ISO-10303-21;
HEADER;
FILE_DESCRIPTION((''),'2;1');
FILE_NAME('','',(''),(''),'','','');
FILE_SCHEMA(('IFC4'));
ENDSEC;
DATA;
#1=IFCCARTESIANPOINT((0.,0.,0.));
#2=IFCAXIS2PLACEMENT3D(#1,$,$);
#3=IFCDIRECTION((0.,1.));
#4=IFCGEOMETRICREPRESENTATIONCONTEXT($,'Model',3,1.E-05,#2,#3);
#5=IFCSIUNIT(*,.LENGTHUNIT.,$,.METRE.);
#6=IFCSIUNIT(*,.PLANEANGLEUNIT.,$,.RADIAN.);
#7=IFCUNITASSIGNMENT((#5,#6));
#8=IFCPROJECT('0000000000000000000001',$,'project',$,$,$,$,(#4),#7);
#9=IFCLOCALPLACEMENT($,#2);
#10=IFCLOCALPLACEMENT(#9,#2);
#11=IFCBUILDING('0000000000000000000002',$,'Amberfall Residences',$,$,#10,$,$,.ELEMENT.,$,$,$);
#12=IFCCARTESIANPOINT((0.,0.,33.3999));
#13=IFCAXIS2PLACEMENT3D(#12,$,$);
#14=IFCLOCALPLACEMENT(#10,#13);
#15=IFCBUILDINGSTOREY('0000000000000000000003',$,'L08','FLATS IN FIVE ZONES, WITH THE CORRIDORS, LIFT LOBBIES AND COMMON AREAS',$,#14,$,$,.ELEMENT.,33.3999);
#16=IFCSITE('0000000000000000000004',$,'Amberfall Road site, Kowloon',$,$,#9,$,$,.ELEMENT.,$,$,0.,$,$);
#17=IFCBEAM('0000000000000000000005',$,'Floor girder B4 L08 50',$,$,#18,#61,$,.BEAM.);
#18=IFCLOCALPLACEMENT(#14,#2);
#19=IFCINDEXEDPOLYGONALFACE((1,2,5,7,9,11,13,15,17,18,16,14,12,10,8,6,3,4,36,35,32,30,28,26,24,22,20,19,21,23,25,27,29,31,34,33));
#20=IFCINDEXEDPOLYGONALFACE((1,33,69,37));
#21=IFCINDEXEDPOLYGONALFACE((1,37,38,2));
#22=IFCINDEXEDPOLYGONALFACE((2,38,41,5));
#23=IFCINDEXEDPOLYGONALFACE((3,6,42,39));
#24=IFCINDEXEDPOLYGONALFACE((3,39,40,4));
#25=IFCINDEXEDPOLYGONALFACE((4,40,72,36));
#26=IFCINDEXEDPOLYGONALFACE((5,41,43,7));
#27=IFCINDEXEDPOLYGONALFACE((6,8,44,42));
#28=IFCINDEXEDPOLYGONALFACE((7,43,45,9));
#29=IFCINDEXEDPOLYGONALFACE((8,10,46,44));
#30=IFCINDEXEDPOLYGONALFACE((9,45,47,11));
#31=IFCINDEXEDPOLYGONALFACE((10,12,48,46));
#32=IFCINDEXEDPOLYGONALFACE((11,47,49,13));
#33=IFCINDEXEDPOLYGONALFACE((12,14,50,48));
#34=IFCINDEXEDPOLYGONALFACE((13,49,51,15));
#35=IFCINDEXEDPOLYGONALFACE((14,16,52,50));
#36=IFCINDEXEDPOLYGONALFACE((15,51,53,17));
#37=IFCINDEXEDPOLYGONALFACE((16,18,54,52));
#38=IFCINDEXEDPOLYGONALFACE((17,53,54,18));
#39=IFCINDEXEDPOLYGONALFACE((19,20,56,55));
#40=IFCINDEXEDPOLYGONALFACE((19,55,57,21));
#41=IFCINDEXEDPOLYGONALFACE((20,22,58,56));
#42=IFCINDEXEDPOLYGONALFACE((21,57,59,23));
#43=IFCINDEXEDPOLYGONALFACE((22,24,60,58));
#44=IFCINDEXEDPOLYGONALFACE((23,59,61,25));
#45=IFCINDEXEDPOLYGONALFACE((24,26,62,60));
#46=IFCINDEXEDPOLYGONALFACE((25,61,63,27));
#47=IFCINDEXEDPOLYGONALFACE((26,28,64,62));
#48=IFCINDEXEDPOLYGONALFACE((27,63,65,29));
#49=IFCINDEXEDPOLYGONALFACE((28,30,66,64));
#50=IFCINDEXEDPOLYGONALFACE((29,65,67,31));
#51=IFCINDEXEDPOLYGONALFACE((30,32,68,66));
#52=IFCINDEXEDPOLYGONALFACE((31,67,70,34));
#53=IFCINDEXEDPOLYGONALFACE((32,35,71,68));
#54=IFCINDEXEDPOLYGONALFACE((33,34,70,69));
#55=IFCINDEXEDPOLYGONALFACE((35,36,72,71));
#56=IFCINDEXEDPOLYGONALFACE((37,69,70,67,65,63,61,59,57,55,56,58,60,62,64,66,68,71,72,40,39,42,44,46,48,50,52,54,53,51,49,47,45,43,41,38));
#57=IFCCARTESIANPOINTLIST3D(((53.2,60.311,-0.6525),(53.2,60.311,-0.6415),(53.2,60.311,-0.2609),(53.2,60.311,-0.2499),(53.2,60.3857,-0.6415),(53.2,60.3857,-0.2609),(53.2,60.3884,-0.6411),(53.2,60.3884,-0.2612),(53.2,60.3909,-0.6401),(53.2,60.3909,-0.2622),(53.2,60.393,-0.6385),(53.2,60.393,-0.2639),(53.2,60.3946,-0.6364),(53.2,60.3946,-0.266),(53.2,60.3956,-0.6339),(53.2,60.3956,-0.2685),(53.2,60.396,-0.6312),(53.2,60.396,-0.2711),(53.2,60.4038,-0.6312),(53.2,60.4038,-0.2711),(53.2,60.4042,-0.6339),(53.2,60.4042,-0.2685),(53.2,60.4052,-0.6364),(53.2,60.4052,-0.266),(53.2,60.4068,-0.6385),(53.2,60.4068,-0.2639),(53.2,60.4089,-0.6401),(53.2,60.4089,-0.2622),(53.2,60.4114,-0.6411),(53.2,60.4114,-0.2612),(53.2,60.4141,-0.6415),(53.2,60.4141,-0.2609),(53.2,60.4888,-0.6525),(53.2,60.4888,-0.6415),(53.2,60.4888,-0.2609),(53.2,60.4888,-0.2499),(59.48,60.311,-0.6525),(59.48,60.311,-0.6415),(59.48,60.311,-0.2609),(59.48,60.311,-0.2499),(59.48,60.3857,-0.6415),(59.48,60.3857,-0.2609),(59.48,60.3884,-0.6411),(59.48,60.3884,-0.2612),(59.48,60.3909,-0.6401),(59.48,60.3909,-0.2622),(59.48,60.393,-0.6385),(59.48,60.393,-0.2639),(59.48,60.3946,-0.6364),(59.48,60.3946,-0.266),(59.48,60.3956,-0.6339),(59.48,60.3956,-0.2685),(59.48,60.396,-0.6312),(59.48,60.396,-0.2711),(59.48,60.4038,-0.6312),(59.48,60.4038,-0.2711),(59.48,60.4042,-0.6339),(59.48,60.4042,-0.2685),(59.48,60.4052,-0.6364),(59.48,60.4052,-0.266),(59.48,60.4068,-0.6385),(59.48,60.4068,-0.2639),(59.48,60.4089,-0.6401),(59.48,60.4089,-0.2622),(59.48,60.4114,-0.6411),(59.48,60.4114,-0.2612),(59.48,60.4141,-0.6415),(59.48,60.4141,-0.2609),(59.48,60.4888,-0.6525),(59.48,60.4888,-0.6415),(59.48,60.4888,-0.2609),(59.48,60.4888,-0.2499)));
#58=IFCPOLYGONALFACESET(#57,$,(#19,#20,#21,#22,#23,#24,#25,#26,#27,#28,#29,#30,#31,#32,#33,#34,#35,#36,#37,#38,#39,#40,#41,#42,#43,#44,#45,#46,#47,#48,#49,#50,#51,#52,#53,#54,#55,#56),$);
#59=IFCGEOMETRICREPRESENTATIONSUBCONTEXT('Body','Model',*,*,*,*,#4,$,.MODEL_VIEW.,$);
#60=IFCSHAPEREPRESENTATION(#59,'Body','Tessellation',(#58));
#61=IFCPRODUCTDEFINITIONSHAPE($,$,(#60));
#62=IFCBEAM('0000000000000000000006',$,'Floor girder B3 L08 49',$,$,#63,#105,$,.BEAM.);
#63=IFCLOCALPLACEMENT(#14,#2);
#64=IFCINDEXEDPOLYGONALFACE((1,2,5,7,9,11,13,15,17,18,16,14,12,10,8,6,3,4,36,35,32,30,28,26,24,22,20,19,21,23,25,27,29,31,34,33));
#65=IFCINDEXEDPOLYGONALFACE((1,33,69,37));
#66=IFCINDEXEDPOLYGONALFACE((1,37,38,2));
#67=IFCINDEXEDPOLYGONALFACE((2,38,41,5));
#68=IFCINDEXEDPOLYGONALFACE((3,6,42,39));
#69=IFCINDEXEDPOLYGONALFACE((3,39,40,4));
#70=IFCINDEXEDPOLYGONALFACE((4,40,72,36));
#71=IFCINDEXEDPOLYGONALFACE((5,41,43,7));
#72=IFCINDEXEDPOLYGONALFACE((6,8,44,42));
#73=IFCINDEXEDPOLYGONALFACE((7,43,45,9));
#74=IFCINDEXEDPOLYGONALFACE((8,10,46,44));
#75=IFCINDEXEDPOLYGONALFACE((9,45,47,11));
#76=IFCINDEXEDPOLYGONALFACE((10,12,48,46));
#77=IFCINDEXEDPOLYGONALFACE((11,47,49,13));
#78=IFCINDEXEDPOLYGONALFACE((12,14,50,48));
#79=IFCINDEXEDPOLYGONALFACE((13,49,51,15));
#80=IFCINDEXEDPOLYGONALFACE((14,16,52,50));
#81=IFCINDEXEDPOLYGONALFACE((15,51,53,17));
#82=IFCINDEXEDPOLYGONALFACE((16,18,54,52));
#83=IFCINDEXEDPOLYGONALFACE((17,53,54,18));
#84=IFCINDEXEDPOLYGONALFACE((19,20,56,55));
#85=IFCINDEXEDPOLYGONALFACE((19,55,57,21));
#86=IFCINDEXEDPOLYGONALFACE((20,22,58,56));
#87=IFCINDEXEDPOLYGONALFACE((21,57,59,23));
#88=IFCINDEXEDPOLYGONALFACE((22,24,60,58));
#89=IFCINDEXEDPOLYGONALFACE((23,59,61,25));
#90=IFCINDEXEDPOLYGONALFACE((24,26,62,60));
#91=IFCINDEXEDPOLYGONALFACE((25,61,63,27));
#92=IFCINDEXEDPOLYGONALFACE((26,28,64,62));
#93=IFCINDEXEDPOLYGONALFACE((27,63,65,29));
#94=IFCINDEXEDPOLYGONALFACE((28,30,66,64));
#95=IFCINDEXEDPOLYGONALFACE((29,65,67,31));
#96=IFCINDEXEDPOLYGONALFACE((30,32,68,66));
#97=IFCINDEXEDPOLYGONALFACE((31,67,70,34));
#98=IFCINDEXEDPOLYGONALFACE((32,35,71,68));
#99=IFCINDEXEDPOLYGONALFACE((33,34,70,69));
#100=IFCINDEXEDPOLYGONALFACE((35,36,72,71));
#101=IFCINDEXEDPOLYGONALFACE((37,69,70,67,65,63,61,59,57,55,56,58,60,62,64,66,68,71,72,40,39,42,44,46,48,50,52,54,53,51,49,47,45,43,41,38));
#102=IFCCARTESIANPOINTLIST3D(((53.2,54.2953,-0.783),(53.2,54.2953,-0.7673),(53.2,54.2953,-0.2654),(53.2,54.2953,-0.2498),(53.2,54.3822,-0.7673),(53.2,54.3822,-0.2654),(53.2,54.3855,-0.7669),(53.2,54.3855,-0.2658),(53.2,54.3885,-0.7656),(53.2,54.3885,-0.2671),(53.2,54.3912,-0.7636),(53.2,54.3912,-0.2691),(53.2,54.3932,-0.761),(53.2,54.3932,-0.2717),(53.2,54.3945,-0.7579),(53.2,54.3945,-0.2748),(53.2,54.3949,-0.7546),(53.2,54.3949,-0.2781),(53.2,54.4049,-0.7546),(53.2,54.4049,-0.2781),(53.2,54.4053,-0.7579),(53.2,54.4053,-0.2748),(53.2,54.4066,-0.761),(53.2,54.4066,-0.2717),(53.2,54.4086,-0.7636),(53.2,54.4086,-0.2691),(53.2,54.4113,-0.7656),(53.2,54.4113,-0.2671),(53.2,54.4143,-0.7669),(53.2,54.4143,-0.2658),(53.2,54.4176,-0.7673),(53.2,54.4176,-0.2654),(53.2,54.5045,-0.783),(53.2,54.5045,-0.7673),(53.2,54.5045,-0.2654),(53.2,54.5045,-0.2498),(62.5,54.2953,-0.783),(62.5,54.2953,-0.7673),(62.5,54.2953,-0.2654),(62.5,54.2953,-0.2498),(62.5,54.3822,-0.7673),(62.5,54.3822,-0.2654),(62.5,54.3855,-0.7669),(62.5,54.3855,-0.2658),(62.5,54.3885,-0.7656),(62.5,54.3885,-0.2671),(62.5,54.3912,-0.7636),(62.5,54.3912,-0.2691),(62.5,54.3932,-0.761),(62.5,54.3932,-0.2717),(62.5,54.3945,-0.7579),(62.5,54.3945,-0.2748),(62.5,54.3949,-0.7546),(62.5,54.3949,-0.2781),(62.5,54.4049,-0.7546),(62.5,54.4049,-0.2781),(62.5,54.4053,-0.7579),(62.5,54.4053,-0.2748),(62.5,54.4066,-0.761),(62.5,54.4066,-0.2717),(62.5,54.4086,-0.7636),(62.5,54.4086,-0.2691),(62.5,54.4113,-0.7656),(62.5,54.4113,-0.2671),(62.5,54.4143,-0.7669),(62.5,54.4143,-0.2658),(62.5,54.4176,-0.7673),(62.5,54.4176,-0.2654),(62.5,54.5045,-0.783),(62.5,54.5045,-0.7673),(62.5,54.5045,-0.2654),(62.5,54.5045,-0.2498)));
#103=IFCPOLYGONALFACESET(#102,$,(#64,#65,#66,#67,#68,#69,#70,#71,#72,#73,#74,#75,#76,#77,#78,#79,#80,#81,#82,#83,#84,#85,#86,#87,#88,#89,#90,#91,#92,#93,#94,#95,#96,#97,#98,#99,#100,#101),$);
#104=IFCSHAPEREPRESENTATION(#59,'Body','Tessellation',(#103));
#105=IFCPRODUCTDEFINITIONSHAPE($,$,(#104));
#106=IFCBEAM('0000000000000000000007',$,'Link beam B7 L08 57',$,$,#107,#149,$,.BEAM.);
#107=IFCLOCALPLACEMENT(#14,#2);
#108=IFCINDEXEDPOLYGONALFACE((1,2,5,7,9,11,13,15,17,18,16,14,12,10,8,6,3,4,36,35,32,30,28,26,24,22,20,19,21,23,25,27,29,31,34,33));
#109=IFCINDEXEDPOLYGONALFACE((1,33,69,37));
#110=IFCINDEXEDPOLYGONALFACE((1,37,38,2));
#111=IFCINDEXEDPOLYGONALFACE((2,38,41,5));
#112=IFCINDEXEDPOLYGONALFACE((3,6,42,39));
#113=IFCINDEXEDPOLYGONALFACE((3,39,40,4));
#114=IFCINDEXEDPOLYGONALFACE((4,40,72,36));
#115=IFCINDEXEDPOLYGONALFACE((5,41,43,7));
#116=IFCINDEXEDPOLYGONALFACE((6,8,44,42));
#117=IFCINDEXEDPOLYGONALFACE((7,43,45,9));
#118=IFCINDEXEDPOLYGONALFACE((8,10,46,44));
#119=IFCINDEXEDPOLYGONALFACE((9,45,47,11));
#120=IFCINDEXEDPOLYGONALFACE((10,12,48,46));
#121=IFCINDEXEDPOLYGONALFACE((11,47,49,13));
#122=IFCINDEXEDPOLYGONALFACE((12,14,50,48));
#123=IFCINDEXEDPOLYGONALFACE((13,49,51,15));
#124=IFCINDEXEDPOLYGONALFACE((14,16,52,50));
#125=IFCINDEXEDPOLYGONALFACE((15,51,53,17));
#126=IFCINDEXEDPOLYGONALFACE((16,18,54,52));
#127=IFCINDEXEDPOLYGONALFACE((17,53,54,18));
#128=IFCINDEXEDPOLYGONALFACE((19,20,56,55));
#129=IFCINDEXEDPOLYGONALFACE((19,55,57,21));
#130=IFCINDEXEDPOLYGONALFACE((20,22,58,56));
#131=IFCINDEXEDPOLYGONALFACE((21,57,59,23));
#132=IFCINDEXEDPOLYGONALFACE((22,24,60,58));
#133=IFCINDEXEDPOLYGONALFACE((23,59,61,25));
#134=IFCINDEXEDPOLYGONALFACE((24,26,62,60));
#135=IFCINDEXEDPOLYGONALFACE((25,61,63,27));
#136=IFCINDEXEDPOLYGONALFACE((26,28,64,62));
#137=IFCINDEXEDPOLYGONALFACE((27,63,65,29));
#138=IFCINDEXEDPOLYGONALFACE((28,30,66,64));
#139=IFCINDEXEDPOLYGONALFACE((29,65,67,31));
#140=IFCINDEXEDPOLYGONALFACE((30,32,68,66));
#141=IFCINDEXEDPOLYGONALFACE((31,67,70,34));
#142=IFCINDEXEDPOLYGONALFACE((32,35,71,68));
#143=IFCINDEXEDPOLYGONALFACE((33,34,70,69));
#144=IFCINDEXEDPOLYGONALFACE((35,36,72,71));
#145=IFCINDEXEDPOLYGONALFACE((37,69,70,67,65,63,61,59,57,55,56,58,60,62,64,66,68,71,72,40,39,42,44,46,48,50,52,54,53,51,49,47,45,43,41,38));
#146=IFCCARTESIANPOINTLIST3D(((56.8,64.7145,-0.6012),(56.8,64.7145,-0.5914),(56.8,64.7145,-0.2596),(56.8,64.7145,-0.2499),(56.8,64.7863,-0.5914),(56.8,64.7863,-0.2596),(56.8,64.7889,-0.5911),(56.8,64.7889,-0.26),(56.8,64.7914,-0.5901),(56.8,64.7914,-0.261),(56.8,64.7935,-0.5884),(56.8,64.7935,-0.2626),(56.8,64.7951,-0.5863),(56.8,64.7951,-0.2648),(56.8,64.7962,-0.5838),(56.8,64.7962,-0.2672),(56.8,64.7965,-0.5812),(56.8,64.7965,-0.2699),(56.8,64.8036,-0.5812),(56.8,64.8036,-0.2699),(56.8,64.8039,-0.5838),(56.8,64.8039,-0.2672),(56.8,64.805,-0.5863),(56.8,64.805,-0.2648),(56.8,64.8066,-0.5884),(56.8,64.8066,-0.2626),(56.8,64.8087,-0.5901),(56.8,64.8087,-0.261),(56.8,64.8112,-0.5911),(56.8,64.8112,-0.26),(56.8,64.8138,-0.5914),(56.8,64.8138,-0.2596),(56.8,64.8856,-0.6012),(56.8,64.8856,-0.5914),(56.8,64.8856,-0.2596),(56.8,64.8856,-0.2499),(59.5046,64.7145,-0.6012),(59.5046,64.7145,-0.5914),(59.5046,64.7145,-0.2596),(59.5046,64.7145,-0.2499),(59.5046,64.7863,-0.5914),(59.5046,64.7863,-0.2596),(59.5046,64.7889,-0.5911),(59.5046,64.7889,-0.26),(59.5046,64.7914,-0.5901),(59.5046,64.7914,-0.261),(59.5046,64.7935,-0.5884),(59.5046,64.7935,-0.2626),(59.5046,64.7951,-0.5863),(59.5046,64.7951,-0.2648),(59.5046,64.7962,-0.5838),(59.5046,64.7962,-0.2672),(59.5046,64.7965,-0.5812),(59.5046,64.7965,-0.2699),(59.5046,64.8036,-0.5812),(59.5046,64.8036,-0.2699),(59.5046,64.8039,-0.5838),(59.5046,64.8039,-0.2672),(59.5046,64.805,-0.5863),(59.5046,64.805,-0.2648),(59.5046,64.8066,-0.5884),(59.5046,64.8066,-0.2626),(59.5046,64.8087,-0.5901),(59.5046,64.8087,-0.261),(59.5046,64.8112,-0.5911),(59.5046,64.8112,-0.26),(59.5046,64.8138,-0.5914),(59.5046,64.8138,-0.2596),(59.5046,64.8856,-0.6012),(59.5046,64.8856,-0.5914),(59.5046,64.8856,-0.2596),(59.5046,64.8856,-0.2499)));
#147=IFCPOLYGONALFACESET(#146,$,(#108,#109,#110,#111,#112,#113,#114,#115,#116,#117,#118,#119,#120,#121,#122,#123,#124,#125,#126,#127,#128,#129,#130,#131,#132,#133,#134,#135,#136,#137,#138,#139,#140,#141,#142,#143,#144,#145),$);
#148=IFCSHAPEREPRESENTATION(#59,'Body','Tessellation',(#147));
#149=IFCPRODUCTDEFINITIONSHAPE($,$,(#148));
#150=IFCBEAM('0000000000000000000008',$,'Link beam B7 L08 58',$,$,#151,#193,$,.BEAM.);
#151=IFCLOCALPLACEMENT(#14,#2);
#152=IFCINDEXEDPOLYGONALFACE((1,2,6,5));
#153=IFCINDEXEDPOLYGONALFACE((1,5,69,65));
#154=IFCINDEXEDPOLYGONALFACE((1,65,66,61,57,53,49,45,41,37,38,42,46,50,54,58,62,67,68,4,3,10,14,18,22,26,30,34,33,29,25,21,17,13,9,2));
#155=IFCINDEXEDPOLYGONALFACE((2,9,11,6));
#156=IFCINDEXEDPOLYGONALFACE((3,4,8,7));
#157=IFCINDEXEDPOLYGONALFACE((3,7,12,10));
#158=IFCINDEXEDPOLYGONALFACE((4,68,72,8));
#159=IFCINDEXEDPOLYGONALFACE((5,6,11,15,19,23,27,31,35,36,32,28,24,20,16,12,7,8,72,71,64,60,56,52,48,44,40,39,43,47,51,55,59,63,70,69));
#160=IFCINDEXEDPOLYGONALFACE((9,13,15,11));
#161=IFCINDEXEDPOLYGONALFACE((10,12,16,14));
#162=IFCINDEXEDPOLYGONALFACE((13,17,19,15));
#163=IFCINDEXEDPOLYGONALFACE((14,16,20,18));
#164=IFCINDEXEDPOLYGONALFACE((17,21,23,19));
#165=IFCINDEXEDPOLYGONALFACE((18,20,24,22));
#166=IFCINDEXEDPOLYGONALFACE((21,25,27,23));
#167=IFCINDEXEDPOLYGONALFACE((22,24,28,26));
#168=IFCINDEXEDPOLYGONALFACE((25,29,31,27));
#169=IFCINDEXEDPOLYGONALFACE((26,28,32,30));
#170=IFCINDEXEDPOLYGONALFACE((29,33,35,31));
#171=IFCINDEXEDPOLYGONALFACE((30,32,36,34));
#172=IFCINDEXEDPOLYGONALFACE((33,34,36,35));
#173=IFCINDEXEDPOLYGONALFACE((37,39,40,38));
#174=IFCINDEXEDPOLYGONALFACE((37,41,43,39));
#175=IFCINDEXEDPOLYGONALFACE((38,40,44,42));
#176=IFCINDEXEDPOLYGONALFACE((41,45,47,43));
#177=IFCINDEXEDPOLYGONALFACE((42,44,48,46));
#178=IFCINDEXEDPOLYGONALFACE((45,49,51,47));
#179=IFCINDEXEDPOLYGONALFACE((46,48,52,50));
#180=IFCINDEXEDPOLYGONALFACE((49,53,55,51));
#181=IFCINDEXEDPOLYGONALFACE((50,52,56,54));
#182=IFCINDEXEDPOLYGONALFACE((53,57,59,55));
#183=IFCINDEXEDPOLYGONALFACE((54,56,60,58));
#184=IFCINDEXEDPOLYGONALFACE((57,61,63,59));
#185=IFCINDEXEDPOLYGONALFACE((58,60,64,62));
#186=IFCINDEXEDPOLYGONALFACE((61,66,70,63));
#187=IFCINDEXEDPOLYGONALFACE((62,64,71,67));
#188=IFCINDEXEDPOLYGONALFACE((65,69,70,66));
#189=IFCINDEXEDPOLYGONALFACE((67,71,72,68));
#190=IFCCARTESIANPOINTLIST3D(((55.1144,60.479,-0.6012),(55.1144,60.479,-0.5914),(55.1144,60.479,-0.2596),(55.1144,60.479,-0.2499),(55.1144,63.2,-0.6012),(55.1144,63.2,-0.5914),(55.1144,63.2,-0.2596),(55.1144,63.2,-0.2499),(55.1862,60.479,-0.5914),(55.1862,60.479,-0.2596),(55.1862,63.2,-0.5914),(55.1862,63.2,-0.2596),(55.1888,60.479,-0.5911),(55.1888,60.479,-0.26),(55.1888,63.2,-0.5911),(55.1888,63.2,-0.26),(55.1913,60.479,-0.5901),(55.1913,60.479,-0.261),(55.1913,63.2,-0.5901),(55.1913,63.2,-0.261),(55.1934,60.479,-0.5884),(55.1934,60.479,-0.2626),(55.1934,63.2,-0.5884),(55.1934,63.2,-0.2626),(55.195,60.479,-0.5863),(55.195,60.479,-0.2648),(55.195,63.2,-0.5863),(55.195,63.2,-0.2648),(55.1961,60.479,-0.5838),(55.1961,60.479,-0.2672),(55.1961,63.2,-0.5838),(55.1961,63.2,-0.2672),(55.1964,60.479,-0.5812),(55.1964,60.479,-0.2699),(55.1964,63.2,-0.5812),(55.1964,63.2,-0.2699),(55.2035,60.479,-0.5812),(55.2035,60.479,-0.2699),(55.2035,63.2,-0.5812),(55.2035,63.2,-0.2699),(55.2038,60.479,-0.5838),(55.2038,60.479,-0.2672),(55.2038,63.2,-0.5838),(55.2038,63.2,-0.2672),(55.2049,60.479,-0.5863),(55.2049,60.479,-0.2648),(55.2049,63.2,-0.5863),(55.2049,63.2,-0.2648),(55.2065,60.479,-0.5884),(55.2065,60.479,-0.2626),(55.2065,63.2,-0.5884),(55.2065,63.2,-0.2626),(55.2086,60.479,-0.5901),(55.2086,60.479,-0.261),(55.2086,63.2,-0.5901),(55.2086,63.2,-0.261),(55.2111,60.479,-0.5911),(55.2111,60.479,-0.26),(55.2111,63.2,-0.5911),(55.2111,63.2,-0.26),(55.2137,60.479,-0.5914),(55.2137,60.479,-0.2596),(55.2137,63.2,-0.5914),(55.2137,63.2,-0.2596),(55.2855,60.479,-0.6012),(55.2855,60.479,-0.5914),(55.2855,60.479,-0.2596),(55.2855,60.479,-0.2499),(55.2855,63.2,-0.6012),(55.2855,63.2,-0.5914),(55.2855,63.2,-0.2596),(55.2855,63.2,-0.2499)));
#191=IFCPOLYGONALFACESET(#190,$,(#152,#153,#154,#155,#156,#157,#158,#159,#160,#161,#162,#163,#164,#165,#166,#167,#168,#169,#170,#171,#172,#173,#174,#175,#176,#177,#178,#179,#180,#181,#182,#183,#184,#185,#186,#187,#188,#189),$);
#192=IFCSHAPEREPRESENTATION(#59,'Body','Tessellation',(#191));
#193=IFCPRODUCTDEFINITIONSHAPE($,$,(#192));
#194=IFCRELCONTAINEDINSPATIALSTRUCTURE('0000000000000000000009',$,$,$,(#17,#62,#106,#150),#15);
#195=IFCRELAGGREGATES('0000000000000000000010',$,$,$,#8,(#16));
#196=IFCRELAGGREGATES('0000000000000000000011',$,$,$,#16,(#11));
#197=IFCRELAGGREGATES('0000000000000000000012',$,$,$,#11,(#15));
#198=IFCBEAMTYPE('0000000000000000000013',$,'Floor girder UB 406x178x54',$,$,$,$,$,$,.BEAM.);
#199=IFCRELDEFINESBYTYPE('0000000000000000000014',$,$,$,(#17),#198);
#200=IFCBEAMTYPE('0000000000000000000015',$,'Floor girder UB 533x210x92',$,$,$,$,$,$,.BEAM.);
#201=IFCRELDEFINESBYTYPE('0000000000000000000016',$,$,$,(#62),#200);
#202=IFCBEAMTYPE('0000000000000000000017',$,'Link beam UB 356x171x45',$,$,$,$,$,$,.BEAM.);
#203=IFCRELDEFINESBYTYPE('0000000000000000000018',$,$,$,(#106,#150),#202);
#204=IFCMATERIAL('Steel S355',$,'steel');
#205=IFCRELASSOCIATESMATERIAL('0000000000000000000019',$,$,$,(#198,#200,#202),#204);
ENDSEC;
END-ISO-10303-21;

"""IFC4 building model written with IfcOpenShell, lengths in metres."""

from ifc_helpers import new_model, si_unit, direction, frame, origin, origin_2d, place, context, subcontext, project, spatial, i_section, extrude, material, material_profile, profile_set, type_object, element, save


model = new_model("IFC4")

# Units and contexts
model_context = context("Model", 3, precision=1e-05, world=origin(), true_north=direction((0.0, 1.0)))
body_context = subcontext(model_context, "Body", "Model", "MODEL_VIEW")
ifc_project = project(units=[si_unit("LENGTHUNIT", "METRE"), si_unit("PLANEANGLEUNIT", "RADIAN")], contexts=[model_context])

# Site, building, storey
site_placement = place(None, origin())
site = spatial("IfcSite", under=ifc_project, at=site_placement, Name="Amberfall Road site, Kowloon", CompositionType="ELEMENT", RefElevation=0.0)
building_placement = place(site_placement, origin())
building = spatial("IfcBuilding", under=site, at=building_placement, Name="Amberfall Residences", CompositionType="ELEMENT")
storey_placement = place(building_placement, frame((0.0, 0.0, 33.3999)))
storey = spatial("IfcBuildingStorey", under=building, at=storey_placement, Name="L08", Description="FLATS IN FIVE ZONES, WITH THE CORRIDORS, LIFT LOBBIES AND COMMON AREAS", CompositionType="ELEMENT", Elevation=33.3999)

# Shared definitions
ifc_material_1 = material(Name="Steel S355", Category="steel")

# Beams
ifc_material_profile_1 = material_profile(ifc_material_1, i_section(OverallWidth=0.1777, OverallDepth=0.4026, WebThickness=0.0078, FlangeThickness=0.011, FilletRadius=0.0103, at=origin_2d()), Name="UB 406x178x54")
ifc_profile_set_1 = profile_set([ifc_material_profile_1], Name="Steel S355")
beam_type_1 = type_object("IfcBeamType", Name="Floor girder UB 406x178x54", PredefinedType="BEAM", material=ifc_profile_set_1)
beam_1_placement = place(storey_placement, frame((53.2, 60.3999, -0.4512), z_axis=(1.0, 0.0, 0.0), x_axis=(0.0, 1.0, 0.0)))
element("IfcBeam", 1, at=beam_1_placement, inside=storey, type_object=beam_type_1, Name="Floor girder B4 L08 50", PredefinedType="BEAM", context=body_context, shape_type="SweptSolid", body=[
    extrude(i_section(OverallWidth=0.1777, OverallDepth=0.4026, WebThickness=0.0078, FlangeThickness=0.011, FilletRadius=0.0103, at=origin_2d()), origin(), (0.0, 0.0, 1.0), 6.28),
])
ifc_material_profile_2 = material_profile(ifc_material_1, i_section(OverallWidth=0.2092, OverallDepth=0.5332, WebThickness=0.01, FlangeThickness=0.0156, FilletRadius=0.0127, at=origin_2d()), Name="UB 533x210x92")
ifc_profile_set_2 = profile_set([ifc_material_profile_2], Name="Steel S355")
beam_type_2 = type_object("IfcBeamType", Name="Floor girder UB 533x210x92", PredefinedType="BEAM", material=ifc_profile_set_2)
beam_2_placement = place(storey_placement, frame((53.2, 54.3999, -0.5164), z_axis=(1.0, 0.0, 0.0), x_axis=(0.0, 1.0, 0.0)))
element("IfcBeam", 2, at=beam_2_placement, inside=storey, type_object=beam_type_2, Name="Floor girder B3 L08 49", PredefinedType="BEAM", context=body_context, shape_type="SweptSolid", body=[
    extrude(i_section(OverallWidth=0.2092, OverallDepth=0.5332, WebThickness=0.01, FlangeThickness=0.0156, FilletRadius=0.0127, at=origin_2d()), origin(), (0.0, 0.0, 1.0), 9.3),
])
ifc_material_profile_3 = material_profile(ifc_material_1, i_section(OverallWidth=0.1711, OverallDepth=0.3513, WebThickness=0.0071, FlangeThickness=0.0098, FilletRadius=0.0103, at=origin_2d()), Name="UB 356x171x45")
ifc_profile_set_3 = profile_set([ifc_material_profile_3], Name="Steel S355")
beam_type_3 = type_object("IfcBeamType", Name="Link beam UB 356x171x45", PredefinedType="BEAM", material=ifc_profile_set_3)
beam_3_placement = place(storey_placement, frame((56.8, 64.8, -0.4255), z_axis=(1.0, 0.0, 0.0), x_axis=(0.0, 1.0, 0.0)))
element("IfcBeam", 3, at=beam_3_placement, inside=storey, type_object=beam_type_3, Name="Link beam B7 L08 57", PredefinedType="BEAM", context=body_context, shape_type="SweptSolid", body=[
    extrude(i_section(OverallWidth=0.1711, OverallDepth=0.3513, WebThickness=0.0071, FlangeThickness=0.0098, FilletRadius=0.0103, at=origin_2d()), origin(), (0.0, 0.0, 1.0), 2.7046),
])
beam_4_placement = place(storey_placement, frame((55.2, 63.2, -0.4255), z_axis=(0.0, -1.0, 0.0), x_axis=(1.0, 0.0, 0.0)))
element("IfcBeam", 4, at=beam_4_placement, inside=storey, type_object=beam_type_3, Name="Link beam B7 L08 58", PredefinedType="BEAM", context=body_context, shape_type="SweptSolid", body=[
    extrude(i_section(OverallWidth=0.1711, OverallDepth=0.3513, WebThickness=0.0071, FlangeThickness=0.0098, FilletRadius=0.0103, at=origin_2d()), origin(), (0.0, 0.0, 1.0), 2.7209),
])

save(model, "model.ifc")
